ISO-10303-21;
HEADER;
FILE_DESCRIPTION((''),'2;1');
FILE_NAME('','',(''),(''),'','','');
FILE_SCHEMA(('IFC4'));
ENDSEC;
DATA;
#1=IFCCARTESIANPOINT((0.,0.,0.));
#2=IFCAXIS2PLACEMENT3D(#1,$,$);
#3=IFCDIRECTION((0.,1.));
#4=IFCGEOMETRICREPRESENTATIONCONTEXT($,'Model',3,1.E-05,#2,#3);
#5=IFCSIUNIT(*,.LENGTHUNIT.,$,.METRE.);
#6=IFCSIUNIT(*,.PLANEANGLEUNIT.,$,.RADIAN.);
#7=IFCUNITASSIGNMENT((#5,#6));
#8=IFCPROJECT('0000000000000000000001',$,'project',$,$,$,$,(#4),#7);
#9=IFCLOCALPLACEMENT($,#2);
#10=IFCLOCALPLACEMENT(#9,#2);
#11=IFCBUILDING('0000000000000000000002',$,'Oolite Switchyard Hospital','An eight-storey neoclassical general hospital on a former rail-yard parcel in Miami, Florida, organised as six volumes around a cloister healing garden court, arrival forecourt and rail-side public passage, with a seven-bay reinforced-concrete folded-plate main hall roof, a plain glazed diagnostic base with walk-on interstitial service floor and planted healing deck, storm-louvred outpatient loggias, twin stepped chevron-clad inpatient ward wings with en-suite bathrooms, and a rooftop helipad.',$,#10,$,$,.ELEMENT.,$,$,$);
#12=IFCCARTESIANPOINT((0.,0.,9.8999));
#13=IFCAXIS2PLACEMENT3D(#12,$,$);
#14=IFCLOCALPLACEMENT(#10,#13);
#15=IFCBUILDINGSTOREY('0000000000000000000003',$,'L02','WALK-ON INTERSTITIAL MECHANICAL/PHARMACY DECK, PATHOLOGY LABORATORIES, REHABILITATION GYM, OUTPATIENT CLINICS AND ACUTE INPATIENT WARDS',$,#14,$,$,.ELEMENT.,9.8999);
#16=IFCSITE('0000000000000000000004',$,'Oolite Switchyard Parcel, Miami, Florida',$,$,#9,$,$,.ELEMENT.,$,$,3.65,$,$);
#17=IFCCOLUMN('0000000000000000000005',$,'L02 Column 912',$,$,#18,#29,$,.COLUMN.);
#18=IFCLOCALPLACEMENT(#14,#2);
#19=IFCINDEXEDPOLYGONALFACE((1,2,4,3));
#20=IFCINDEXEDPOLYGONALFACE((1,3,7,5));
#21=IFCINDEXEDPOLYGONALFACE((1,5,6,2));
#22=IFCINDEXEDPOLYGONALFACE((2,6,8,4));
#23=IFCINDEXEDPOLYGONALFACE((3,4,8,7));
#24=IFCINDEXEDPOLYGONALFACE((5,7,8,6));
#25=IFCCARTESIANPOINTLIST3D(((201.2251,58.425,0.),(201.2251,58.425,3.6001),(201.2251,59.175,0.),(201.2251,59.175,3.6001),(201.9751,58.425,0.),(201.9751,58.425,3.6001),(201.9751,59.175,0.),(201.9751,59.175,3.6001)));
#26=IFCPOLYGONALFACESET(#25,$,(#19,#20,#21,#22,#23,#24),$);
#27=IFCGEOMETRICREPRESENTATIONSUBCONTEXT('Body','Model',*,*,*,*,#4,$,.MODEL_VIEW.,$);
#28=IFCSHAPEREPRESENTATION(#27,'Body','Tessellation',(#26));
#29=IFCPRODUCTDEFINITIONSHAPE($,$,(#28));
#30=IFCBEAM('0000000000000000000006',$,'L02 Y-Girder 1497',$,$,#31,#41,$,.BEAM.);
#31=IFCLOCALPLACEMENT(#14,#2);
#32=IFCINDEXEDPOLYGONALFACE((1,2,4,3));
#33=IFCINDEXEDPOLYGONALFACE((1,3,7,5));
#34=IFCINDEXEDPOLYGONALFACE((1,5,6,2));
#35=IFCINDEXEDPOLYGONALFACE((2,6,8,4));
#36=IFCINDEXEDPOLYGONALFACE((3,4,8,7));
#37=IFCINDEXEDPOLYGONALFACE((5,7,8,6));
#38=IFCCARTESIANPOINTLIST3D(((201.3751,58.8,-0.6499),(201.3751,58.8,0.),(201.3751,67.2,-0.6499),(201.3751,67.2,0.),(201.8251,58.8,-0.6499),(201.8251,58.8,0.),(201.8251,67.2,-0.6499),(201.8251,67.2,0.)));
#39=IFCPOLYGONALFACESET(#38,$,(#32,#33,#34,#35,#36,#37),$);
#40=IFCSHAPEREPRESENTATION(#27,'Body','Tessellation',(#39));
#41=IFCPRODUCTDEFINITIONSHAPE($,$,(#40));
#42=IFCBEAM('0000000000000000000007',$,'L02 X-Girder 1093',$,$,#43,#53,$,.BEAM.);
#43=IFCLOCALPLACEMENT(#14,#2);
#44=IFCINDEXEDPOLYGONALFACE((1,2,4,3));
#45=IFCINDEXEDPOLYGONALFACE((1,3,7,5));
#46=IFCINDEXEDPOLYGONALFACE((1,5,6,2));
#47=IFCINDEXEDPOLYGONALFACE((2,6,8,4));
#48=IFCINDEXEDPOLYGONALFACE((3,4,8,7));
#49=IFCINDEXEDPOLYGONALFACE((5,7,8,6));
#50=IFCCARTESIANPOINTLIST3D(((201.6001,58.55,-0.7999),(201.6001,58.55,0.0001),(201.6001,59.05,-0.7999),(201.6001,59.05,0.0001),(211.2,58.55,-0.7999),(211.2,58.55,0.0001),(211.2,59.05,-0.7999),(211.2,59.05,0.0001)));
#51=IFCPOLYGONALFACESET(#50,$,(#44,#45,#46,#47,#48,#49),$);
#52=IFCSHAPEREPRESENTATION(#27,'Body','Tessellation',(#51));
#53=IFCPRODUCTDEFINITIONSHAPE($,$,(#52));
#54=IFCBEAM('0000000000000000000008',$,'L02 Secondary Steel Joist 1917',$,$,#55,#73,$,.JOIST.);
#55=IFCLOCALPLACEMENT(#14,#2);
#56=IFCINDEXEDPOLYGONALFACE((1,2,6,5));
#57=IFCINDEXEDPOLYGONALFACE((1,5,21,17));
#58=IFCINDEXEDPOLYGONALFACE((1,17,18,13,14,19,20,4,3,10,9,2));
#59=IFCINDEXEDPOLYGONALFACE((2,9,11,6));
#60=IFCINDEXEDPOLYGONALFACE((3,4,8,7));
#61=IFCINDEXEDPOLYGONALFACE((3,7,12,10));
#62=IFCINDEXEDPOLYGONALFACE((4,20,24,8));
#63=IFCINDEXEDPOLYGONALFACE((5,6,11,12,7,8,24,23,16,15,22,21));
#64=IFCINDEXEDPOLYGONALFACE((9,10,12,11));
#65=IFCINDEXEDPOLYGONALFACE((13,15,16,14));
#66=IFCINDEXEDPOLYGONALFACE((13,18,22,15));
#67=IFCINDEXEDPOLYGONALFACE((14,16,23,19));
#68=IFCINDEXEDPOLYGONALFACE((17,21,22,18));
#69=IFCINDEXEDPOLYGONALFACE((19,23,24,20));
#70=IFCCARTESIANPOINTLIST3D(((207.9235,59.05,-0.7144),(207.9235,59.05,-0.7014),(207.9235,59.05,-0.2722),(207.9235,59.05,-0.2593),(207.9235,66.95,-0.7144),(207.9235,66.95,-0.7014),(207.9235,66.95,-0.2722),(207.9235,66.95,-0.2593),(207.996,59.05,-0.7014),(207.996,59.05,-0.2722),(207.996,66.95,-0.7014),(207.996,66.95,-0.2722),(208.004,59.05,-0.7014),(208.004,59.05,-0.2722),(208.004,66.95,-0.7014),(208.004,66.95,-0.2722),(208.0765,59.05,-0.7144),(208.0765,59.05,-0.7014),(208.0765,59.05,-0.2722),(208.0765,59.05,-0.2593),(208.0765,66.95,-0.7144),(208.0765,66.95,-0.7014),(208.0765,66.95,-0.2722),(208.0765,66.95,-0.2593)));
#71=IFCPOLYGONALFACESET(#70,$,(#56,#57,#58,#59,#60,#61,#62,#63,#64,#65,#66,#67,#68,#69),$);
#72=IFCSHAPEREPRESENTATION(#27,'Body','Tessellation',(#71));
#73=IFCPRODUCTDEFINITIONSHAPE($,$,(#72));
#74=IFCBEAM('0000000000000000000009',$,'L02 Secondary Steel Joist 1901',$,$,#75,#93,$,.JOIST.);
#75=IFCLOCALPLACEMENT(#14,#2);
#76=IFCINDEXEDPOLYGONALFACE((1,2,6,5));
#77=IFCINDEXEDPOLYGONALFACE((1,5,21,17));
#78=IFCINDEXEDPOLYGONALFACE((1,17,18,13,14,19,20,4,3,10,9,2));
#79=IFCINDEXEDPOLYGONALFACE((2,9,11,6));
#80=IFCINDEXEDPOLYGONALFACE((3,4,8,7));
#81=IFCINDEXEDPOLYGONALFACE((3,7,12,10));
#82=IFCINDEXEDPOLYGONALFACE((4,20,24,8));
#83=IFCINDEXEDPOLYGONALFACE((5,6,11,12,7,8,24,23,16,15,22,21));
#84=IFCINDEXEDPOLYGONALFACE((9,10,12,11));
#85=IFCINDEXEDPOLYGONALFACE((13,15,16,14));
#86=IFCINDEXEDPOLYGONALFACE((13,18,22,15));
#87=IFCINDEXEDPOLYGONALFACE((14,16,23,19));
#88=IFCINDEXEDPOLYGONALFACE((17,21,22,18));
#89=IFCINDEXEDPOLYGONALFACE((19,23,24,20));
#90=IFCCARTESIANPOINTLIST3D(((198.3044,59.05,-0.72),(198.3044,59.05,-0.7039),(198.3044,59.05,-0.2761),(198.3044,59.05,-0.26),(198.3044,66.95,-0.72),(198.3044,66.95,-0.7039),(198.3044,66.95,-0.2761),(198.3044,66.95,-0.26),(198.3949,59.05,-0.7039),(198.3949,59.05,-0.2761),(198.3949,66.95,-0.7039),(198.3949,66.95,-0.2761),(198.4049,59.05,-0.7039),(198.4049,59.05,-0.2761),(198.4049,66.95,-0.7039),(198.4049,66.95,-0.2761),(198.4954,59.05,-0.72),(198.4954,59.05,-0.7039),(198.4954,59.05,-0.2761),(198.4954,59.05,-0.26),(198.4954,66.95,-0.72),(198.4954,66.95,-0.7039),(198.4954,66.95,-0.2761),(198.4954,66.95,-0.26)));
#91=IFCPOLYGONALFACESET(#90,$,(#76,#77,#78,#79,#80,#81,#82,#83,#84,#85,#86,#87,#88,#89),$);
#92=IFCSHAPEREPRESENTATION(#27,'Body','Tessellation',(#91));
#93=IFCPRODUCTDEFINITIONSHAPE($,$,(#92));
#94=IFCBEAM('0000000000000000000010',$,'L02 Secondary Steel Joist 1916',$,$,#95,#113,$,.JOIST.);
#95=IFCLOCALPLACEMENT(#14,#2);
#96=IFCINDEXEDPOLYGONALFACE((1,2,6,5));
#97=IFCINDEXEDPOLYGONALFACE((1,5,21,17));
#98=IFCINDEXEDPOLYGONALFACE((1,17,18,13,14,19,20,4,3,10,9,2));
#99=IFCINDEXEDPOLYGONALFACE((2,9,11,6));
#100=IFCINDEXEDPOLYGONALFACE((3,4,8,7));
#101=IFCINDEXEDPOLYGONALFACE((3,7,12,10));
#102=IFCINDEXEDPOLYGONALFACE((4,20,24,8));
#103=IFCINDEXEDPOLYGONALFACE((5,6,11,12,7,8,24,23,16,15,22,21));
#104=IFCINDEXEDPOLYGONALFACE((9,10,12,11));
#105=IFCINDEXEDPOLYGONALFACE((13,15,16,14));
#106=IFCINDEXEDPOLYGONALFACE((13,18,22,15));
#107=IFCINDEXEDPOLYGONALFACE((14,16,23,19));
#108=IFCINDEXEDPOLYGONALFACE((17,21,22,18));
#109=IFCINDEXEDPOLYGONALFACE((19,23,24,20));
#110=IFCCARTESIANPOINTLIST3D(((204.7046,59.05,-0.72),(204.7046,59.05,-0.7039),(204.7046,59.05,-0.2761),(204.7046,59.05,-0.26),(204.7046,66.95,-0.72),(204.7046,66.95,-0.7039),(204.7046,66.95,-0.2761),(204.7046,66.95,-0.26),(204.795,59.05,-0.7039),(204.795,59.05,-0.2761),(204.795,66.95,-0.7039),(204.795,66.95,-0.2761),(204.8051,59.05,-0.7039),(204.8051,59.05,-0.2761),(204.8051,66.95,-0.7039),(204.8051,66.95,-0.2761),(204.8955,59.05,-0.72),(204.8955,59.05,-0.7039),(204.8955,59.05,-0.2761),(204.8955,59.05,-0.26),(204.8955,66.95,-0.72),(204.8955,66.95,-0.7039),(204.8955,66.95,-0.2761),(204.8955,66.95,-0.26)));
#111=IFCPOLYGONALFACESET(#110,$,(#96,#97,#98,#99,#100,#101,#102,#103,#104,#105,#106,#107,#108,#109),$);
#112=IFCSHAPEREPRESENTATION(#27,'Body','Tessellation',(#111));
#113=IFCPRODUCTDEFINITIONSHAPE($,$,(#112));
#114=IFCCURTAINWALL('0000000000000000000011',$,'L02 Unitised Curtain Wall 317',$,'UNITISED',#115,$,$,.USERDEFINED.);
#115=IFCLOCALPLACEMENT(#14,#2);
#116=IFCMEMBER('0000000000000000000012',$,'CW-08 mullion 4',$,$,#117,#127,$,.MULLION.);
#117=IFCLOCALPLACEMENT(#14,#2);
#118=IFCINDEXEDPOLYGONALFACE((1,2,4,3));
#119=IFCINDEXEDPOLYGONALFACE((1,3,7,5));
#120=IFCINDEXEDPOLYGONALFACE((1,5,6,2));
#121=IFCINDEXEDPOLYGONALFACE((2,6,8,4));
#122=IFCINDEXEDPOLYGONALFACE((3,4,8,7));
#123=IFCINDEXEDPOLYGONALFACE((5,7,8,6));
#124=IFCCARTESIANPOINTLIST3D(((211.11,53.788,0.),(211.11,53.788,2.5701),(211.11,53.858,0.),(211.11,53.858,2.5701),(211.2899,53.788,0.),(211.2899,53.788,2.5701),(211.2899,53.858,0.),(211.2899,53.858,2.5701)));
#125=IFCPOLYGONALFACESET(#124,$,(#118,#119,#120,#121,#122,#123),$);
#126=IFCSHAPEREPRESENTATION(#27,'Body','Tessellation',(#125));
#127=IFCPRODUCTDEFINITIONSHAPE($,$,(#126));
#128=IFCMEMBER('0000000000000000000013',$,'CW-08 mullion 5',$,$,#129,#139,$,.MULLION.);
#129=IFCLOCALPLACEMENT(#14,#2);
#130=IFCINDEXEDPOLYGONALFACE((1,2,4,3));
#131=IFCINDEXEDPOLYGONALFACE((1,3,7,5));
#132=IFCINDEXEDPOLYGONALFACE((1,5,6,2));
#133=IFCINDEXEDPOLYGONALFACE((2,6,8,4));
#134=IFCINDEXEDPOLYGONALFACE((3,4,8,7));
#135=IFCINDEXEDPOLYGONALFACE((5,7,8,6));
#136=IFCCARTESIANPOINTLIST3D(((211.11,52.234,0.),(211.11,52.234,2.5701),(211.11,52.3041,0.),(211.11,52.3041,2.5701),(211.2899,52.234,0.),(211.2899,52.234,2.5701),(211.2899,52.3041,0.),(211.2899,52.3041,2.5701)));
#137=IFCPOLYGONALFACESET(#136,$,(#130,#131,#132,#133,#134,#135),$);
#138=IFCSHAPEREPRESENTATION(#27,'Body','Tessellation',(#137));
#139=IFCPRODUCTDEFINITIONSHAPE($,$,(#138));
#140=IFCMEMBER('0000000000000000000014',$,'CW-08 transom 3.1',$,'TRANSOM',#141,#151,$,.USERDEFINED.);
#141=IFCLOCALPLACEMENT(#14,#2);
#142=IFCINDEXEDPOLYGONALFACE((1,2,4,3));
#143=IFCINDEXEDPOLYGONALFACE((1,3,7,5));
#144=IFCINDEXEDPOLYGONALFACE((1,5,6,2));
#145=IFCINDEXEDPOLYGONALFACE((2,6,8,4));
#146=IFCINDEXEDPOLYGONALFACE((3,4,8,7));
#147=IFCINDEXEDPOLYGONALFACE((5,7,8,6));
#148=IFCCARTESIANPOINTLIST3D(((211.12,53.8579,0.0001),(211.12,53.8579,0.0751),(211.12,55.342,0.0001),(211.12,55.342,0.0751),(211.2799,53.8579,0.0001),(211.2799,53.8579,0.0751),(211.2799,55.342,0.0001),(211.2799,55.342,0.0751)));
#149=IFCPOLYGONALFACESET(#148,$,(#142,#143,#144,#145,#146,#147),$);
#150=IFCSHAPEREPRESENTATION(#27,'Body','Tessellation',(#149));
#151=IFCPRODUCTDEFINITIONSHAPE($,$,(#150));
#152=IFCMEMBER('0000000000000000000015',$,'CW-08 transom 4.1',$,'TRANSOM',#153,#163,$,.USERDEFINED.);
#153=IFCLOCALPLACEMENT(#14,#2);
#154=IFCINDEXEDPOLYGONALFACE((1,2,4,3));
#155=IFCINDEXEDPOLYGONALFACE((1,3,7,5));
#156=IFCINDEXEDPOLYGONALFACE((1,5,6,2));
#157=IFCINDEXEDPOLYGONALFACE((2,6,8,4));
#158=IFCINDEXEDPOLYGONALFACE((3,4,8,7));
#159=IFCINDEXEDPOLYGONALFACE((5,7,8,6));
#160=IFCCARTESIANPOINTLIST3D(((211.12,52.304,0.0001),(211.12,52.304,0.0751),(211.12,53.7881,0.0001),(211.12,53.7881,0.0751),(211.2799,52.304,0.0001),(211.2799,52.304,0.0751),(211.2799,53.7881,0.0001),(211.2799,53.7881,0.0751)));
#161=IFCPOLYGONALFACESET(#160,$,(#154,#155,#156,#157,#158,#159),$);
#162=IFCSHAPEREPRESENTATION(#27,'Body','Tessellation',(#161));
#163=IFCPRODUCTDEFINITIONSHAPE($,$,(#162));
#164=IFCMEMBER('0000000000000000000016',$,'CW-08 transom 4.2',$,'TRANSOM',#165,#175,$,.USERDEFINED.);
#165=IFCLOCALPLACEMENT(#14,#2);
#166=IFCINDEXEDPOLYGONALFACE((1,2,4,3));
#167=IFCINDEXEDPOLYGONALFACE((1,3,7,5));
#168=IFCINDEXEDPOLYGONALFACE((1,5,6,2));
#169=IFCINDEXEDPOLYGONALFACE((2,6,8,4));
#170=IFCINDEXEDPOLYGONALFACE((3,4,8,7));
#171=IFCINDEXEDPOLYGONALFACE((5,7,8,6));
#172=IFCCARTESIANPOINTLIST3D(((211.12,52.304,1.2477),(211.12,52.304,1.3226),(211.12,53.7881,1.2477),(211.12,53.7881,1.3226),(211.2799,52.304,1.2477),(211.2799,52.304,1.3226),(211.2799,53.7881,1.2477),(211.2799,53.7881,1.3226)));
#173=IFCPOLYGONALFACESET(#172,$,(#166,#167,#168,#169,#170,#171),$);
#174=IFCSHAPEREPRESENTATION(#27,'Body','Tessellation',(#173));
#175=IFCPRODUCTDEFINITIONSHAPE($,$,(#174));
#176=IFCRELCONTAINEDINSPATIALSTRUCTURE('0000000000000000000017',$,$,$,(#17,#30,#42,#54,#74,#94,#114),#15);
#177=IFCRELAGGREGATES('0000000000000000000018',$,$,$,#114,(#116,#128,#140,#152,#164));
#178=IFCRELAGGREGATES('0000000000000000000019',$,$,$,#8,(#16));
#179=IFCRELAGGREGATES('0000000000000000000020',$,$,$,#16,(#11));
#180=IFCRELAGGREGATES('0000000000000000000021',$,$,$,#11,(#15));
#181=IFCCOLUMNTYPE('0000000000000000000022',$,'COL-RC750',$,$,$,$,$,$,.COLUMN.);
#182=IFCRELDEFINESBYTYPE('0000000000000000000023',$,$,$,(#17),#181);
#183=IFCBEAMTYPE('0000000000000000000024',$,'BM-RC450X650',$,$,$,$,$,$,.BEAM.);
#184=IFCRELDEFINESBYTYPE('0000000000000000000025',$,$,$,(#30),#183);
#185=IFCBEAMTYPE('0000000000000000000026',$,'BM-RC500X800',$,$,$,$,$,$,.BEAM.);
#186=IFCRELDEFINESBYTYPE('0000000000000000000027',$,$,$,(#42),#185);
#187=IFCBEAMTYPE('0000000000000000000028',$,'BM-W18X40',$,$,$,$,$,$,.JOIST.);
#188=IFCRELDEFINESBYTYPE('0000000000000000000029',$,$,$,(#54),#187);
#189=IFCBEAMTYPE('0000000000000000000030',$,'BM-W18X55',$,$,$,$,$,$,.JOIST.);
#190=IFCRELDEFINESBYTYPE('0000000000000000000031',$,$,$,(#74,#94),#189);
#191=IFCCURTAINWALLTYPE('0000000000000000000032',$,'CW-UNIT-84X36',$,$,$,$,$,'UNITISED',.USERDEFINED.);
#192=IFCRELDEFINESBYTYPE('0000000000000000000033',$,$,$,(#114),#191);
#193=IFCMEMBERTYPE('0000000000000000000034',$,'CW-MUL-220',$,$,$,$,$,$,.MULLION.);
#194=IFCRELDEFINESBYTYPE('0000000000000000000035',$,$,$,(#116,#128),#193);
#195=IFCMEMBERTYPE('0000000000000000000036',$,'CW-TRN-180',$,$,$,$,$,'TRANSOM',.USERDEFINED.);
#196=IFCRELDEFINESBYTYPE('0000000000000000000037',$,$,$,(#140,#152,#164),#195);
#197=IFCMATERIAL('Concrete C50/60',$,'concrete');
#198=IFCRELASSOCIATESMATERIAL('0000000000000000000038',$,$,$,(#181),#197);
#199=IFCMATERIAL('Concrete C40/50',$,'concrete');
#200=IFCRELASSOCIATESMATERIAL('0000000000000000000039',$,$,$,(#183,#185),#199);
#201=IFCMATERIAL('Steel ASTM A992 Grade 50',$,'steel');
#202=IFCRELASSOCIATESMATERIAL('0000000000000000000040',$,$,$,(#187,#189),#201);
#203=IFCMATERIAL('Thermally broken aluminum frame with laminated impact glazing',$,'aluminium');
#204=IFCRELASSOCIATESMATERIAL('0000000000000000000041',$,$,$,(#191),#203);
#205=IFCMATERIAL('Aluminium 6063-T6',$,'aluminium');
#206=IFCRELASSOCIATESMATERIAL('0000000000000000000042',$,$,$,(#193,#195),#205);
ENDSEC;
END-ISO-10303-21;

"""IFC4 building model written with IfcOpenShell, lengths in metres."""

from ifc_helpers import new_model, si_unit, direction, frame, origin, origin_2d, place, context, subcontext, project, spatial, rectangle, i_section, extrude, material, material_profile, profile_set, type_object, element, aggregate, save


model = new_model("IFC4")

# Units and contexts
model_context = context("Model", 3, precision=1e-05, world=origin(), true_north=direction((0.0, 1.0)))
body_context = subcontext(model_context, "Body", "Model", "MODEL_VIEW")
ifc_project = project(units=[si_unit("LENGTHUNIT", "METRE"), si_unit("PLANEANGLEUNIT", "RADIAN")], contexts=[model_context])

# Site, building, storey
site_placement = place(None, origin())
site = spatial("IfcSite", under=ifc_project, at=site_placement, Name="Oolite Switchyard Parcel, Miami, Florida", CompositionType="ELEMENT", RefElevation=3.65)
building_placement = place(site_placement, origin())
building = spatial("IfcBuilding", under=site, at=building_placement, Name="Oolite Switchyard Hospital", Description="An eight-storey neoclassical general hospital on a former rail-yard parcel in Miami, Florida, organised as six volumes around a cloister healing garden court, arrival forecourt and rail-side public passage, with a seven-bay reinforced-concrete folded-plate main hall roof, a plain glazed diagnostic base with walk-on interstitial service floor and planted healing deck, storm-louvred outpatient loggias, twin stepped chevron-clad inpatient ward wings with en-suite bathrooms, and a rooftop helipad.", CompositionType="ELEMENT")
storey_placement = place(building_placement, frame((0.0, 0.0, 9.8999)))
storey = spatial("IfcBuildingStorey", under=building, at=storey_placement, Name="L02", Description="WALK-ON INTERSTITIAL MECHANICAL/PHARMACY DECK, PATHOLOGY LABORATORIES, REHABILITATION GYM, OUTPATIENT CLINICS AND ACUTE INPATIENT WARDS", CompositionType="ELEMENT", Elevation=9.8999)

# Column
ifc_material_1 = material(Name="Concrete C50/60", Category="concrete")
ifc_material_profile_1 = material_profile(ifc_material_1, rectangle(XDim=0.75, YDim=0.75, at=origin_2d()), Name="RC750X750")
ifc_profile_set_1 = profile_set([ifc_material_profile_1], Name="Concrete C50/60")
column_type = type_object("IfcColumnType", Name="COL-RC750", PredefinedType="COLUMN", material=ifc_profile_set_1)
column_placement = place(storey_placement, frame((201.6001, 58.8, 0.0), z_axis=(0.0, 0.0, 1.0), x_axis=(1.0, 0.0, 0.0)))
element("IfcColumn", 1, at=column_placement, inside=storey, type_object=column_type, Name="L02 Column 912", PredefinedType="COLUMN", context=body_context, shape_type="SweptSolid", body=[
    extrude(rectangle(XDim=0.75, YDim=0.75, at=origin_2d()), origin(), (0.0, 0.0, 1.0), 3.6001),
])

# Beams
ifc_material_2 = material(Name="Concrete C40/50", Category="concrete")
ifc_material_profile_2 = material_profile(ifc_material_2, rectangle(XDim=0.45, YDim=0.6499, at=origin_2d()), Name="RCB450X650")
ifc_profile_set_2 = profile_set([ifc_material_profile_2], Name="Concrete C40/50")
beam_type_1 = type_object("IfcBeamType", Name="BM-RC450X650", PredefinedType="BEAM", material=ifc_profile_set_2)
beam_1_placement = place(storey_placement, frame((201.6001, 58.8, -0.325), z_axis=(0.0, 1.0, 0.0), x_axis=(-1.0, 0.0, 0.0)))
element("IfcBeam", 2, at=beam_1_placement, inside=storey, type_object=beam_type_1, Name="L02 Y-Girder 1497", PredefinedType="BEAM", context=body_context, shape_type="SweptSolid", body=[
    extrude(rectangle(XDim=0.45, YDim=0.6499, at=origin_2d()), origin(), (0.0, 0.0, 1.0), 8.3999),
])
ifc_material_profile_3 = material_profile(ifc_material_2, rectangle(XDim=0.5, YDim=0.8, at=origin_2d()), Name="RCB500X800")
ifc_profile_set_3 = profile_set([ifc_material_profile_3], Name="Concrete C40/50")
beam_type_2 = type_object("IfcBeamType", Name="BM-RC500X800", PredefinedType="BEAM", material=ifc_profile_set_3)
beam_2_placement = place(storey_placement, frame((201.6001, 58.8, -0.3999), z_axis=(1.0, 0.0, 0.0), x_axis=(0.0, 1.0, 0.0)))
element("IfcBeam", 3, at=beam_2_placement, inside=storey, type_object=beam_type_2, Name="L02 X-Girder 1093", PredefinedType="BEAM", context=body_context, shape_type="SweptSolid", body=[
    extrude(rectangle(XDim=0.5, YDim=0.8, at=origin_2d()), origin(), (0.0, 0.0, 1.0), 9.5999),
])
ifc_material_3 = material(Name="Steel ASTM A992 Grade 50", Category="steel")
ifc_material_profile_4 = material_profile(ifc_material_3, i_section(OverallWidth=0.1531, OverallDepth=0.4551, WebThickness=0.0081, FlangeThickness=0.0129, at=origin_2d()), Name="W18X40")
ifc_profile_set_4 = profile_set([ifc_material_profile_4], Name="Steel ASTM A992 Grade 50")
beam_type_3 = type_object("IfcBeamType", Name="BM-W18X40", PredefinedType="JOIST", material=ifc_profile_set_4)
beam_3_placement = place(storey_placement, frame((208.0, 59.05, -0.4868), z_axis=(0.0, 1.0, 0.0), x_axis=(-1.0, 0.0, 0.0)))
element("IfcBeam", 4, at=beam_3_placement, inside=storey, type_object=beam_type_3, Name="L02 Secondary Steel Joist 1917", PredefinedType="JOIST", context=body_context, shape_type="SweptSolid", body=[
    extrude(i_section(OverallWidth=0.1531, OverallDepth=0.4551, WebThickness=0.0081, FlangeThickness=0.0129, at=origin_2d()), origin(), (0.0, 0.0, 1.0), 7.8999),
])
ifc_material_profile_5 = material_profile(ifc_material_3, i_section(OverallWidth=0.1909, OverallDepth=0.46, WebThickness=0.01, FlangeThickness=0.0161, at=origin_2d()), Name="W18X55")
ifc_profile_set_5 = profile_set([ifc_material_profile_5], Name="Steel ASTM A992 Grade 50")
beam_type_4 = type_object("IfcBeamType", Name="BM-W18X55", PredefinedType="JOIST", material=ifc_profile_set_5)
for number, where, z_axis, x_axis, name in (
    (5, (198.3999, 59.05, -0.49), (0.0, 1.0, 0.0), (-1.0, 0.0, 0.0), "L02 Secondary Steel Joist 1901"),
    (6, (204.8, 59.05, -0.49), (0.0, 1.0, 0.0), (-1.0, 0.0, 0.0), "L02 Secondary Steel Joist 1916"),
):
    element("IfcBeam", number, at=place(storey_placement, frame(where, z_axis=z_axis, x_axis=x_axis)), inside=storey, type_object=beam_type_4, Name=name, PredefinedType="JOIST", context=body_context, shape_type="SweptSolid", body=[
        extrude(i_section(OverallWidth=0.1909, OverallDepth=0.46, WebThickness=0.01, FlangeThickness=0.0161, at=origin_2d()), origin(), (0.0, 0.0, 1.0), 7.8999),
    ])

# Curtain wall, members
ifc_material_4 = material(Name="Thermally broken aluminum frame with laminated impact glazing", Category="aluminium")
curtain_wall_type = type_object("IfcCurtainWallType", Name="CW-UNIT-84X36", ElementType="UNITISED", PredefinedType="USERDEFINED", material=ifc_material_4)
curtain_wall_placement = place(storey_placement, origin())
curtain_wall = element("IfcCurtainWall", 7, at=curtain_wall_placement, inside=storey, type_object=curtain_wall_type, Name="L02 Unitised Curtain Wall 317", ObjectType="UNITISED", PredefinedType="USERDEFINED")
ifc_material_5 = material(Name="Aluminium 6063-T6", Category="aluminium")
ifc_material_profile_6 = material_profile(ifc_material_5, rectangle(XDim=0.1799, YDim=0.0701, at=origin_2d()), Name="CWM70X180")
ifc_profile_set_6 = profile_set([ifc_material_profile_6], Name="Aluminium 6063-T6")
member_type_1 = type_object("IfcMemberType", Name="CW-MUL-220", PredefinedType="MULLION", material=ifc_profile_set_6)
member_1_placement = place(storey_placement, frame((211.2, 53.823, 0.0), z_axis=(0.0, 0.0, 1.0), x_axis=(1.0, 0.0, 0.0)))
member_1 = element("IfcMember", 8, at=member_1_placement, type_object=member_type_1, Name="CW-08 mullion 4", PredefinedType="MULLION", context=body_context, shape_type="SweptSolid", body=[
    extrude(rectangle(XDim=0.1799, YDim=0.0701, at=origin_2d()), origin(), (0.0, 0.0, 1.0), 2.5701),
])
member_2_placement = place(storey_placement, frame((211.2, 52.269, 0.0), z_axis=(0.0, 0.0, 1.0), x_axis=(1.0, 0.0, 0.0)))
member_2 = element("IfcMember", 9, at=member_2_placement, type_object=member_type_1, Name="CW-08 mullion 5", PredefinedType="MULLION", context=body_context, shape_type="SweptSolid", body=[
    extrude(rectangle(XDim=0.1799, YDim=0.0701, at=origin_2d()), origin(), (0.0, 0.0, 1.0), 2.5701),
])
ifc_material_profile_7 = material_profile(ifc_material_5, rectangle(XDim=0.1599, YDim=0.075, at=origin_2d()), Name="CWT75X160")
ifc_profile_set_7 = profile_set([ifc_material_profile_7], Name="Aluminium 6063-T6")
member_type_2 = type_object("IfcMemberType", Name="CW-TRN-180", ElementType="TRANSOM", PredefinedType="USERDEFINED", material=ifc_profile_set_7)
member_3_placement = place(storey_placement, frame((211.2, 55.342, 0.0376), z_axis=(0.0, -1.0, 0.0), x_axis=(1.0, 0.0, 0.0)))
member_3 = element("IfcMember", 10, at=member_3_placement, type_object=member_type_2, Name="CW-08 transom 3.1", ObjectType="TRANSOM", PredefinedType="USERDEFINED", context=body_context, shape_type="SweptSolid", body=[
    extrude(rectangle(XDim=0.1599, YDim=0.075, at=origin_2d()), origin(), (0.0, 0.0, 1.0), 1.4841),
])
member_4_placement = place(storey_placement, frame((211.2, 53.7881, 0.0376), z_axis=(0.0, -1.0, 0.0), x_axis=(1.0, 0.0, 0.0)))
member_4 = element("IfcMember", 11, at=member_4_placement, type_object=member_type_2, Name="CW-08 transom 4.1", ObjectType="TRANSOM", PredefinedType="USERDEFINED", context=body_context, shape_type="SweptSolid", body=[
    extrude(rectangle(XDim=0.1599, YDim=0.075, at=origin_2d()), origin(), (0.0, 0.0, 1.0), 1.4841),
])
member_5_placement = place(storey_placement, frame((211.2, 53.7881, 1.2852), z_axis=(0.0, -1.0, 0.0), x_axis=(1.0, 0.0, 0.0)))
member_5 = element("IfcMember", 12, at=member_5_placement, type_object=member_type_2, Name="CW-08 transom 4.2", ObjectType="TRANSOM", PredefinedType="USERDEFINED", context=body_context, shape_type="SweptSolid", body=[
    extrude(rectangle(XDim=0.1599, YDim=0.075, at=origin_2d()), origin(), (0.0, 0.0, 1.0), 1.4841),
])
aggregate(curtain_wall, [member_1, member_2, member_3, member_4, member_5])

save(model, "model.ifc")
